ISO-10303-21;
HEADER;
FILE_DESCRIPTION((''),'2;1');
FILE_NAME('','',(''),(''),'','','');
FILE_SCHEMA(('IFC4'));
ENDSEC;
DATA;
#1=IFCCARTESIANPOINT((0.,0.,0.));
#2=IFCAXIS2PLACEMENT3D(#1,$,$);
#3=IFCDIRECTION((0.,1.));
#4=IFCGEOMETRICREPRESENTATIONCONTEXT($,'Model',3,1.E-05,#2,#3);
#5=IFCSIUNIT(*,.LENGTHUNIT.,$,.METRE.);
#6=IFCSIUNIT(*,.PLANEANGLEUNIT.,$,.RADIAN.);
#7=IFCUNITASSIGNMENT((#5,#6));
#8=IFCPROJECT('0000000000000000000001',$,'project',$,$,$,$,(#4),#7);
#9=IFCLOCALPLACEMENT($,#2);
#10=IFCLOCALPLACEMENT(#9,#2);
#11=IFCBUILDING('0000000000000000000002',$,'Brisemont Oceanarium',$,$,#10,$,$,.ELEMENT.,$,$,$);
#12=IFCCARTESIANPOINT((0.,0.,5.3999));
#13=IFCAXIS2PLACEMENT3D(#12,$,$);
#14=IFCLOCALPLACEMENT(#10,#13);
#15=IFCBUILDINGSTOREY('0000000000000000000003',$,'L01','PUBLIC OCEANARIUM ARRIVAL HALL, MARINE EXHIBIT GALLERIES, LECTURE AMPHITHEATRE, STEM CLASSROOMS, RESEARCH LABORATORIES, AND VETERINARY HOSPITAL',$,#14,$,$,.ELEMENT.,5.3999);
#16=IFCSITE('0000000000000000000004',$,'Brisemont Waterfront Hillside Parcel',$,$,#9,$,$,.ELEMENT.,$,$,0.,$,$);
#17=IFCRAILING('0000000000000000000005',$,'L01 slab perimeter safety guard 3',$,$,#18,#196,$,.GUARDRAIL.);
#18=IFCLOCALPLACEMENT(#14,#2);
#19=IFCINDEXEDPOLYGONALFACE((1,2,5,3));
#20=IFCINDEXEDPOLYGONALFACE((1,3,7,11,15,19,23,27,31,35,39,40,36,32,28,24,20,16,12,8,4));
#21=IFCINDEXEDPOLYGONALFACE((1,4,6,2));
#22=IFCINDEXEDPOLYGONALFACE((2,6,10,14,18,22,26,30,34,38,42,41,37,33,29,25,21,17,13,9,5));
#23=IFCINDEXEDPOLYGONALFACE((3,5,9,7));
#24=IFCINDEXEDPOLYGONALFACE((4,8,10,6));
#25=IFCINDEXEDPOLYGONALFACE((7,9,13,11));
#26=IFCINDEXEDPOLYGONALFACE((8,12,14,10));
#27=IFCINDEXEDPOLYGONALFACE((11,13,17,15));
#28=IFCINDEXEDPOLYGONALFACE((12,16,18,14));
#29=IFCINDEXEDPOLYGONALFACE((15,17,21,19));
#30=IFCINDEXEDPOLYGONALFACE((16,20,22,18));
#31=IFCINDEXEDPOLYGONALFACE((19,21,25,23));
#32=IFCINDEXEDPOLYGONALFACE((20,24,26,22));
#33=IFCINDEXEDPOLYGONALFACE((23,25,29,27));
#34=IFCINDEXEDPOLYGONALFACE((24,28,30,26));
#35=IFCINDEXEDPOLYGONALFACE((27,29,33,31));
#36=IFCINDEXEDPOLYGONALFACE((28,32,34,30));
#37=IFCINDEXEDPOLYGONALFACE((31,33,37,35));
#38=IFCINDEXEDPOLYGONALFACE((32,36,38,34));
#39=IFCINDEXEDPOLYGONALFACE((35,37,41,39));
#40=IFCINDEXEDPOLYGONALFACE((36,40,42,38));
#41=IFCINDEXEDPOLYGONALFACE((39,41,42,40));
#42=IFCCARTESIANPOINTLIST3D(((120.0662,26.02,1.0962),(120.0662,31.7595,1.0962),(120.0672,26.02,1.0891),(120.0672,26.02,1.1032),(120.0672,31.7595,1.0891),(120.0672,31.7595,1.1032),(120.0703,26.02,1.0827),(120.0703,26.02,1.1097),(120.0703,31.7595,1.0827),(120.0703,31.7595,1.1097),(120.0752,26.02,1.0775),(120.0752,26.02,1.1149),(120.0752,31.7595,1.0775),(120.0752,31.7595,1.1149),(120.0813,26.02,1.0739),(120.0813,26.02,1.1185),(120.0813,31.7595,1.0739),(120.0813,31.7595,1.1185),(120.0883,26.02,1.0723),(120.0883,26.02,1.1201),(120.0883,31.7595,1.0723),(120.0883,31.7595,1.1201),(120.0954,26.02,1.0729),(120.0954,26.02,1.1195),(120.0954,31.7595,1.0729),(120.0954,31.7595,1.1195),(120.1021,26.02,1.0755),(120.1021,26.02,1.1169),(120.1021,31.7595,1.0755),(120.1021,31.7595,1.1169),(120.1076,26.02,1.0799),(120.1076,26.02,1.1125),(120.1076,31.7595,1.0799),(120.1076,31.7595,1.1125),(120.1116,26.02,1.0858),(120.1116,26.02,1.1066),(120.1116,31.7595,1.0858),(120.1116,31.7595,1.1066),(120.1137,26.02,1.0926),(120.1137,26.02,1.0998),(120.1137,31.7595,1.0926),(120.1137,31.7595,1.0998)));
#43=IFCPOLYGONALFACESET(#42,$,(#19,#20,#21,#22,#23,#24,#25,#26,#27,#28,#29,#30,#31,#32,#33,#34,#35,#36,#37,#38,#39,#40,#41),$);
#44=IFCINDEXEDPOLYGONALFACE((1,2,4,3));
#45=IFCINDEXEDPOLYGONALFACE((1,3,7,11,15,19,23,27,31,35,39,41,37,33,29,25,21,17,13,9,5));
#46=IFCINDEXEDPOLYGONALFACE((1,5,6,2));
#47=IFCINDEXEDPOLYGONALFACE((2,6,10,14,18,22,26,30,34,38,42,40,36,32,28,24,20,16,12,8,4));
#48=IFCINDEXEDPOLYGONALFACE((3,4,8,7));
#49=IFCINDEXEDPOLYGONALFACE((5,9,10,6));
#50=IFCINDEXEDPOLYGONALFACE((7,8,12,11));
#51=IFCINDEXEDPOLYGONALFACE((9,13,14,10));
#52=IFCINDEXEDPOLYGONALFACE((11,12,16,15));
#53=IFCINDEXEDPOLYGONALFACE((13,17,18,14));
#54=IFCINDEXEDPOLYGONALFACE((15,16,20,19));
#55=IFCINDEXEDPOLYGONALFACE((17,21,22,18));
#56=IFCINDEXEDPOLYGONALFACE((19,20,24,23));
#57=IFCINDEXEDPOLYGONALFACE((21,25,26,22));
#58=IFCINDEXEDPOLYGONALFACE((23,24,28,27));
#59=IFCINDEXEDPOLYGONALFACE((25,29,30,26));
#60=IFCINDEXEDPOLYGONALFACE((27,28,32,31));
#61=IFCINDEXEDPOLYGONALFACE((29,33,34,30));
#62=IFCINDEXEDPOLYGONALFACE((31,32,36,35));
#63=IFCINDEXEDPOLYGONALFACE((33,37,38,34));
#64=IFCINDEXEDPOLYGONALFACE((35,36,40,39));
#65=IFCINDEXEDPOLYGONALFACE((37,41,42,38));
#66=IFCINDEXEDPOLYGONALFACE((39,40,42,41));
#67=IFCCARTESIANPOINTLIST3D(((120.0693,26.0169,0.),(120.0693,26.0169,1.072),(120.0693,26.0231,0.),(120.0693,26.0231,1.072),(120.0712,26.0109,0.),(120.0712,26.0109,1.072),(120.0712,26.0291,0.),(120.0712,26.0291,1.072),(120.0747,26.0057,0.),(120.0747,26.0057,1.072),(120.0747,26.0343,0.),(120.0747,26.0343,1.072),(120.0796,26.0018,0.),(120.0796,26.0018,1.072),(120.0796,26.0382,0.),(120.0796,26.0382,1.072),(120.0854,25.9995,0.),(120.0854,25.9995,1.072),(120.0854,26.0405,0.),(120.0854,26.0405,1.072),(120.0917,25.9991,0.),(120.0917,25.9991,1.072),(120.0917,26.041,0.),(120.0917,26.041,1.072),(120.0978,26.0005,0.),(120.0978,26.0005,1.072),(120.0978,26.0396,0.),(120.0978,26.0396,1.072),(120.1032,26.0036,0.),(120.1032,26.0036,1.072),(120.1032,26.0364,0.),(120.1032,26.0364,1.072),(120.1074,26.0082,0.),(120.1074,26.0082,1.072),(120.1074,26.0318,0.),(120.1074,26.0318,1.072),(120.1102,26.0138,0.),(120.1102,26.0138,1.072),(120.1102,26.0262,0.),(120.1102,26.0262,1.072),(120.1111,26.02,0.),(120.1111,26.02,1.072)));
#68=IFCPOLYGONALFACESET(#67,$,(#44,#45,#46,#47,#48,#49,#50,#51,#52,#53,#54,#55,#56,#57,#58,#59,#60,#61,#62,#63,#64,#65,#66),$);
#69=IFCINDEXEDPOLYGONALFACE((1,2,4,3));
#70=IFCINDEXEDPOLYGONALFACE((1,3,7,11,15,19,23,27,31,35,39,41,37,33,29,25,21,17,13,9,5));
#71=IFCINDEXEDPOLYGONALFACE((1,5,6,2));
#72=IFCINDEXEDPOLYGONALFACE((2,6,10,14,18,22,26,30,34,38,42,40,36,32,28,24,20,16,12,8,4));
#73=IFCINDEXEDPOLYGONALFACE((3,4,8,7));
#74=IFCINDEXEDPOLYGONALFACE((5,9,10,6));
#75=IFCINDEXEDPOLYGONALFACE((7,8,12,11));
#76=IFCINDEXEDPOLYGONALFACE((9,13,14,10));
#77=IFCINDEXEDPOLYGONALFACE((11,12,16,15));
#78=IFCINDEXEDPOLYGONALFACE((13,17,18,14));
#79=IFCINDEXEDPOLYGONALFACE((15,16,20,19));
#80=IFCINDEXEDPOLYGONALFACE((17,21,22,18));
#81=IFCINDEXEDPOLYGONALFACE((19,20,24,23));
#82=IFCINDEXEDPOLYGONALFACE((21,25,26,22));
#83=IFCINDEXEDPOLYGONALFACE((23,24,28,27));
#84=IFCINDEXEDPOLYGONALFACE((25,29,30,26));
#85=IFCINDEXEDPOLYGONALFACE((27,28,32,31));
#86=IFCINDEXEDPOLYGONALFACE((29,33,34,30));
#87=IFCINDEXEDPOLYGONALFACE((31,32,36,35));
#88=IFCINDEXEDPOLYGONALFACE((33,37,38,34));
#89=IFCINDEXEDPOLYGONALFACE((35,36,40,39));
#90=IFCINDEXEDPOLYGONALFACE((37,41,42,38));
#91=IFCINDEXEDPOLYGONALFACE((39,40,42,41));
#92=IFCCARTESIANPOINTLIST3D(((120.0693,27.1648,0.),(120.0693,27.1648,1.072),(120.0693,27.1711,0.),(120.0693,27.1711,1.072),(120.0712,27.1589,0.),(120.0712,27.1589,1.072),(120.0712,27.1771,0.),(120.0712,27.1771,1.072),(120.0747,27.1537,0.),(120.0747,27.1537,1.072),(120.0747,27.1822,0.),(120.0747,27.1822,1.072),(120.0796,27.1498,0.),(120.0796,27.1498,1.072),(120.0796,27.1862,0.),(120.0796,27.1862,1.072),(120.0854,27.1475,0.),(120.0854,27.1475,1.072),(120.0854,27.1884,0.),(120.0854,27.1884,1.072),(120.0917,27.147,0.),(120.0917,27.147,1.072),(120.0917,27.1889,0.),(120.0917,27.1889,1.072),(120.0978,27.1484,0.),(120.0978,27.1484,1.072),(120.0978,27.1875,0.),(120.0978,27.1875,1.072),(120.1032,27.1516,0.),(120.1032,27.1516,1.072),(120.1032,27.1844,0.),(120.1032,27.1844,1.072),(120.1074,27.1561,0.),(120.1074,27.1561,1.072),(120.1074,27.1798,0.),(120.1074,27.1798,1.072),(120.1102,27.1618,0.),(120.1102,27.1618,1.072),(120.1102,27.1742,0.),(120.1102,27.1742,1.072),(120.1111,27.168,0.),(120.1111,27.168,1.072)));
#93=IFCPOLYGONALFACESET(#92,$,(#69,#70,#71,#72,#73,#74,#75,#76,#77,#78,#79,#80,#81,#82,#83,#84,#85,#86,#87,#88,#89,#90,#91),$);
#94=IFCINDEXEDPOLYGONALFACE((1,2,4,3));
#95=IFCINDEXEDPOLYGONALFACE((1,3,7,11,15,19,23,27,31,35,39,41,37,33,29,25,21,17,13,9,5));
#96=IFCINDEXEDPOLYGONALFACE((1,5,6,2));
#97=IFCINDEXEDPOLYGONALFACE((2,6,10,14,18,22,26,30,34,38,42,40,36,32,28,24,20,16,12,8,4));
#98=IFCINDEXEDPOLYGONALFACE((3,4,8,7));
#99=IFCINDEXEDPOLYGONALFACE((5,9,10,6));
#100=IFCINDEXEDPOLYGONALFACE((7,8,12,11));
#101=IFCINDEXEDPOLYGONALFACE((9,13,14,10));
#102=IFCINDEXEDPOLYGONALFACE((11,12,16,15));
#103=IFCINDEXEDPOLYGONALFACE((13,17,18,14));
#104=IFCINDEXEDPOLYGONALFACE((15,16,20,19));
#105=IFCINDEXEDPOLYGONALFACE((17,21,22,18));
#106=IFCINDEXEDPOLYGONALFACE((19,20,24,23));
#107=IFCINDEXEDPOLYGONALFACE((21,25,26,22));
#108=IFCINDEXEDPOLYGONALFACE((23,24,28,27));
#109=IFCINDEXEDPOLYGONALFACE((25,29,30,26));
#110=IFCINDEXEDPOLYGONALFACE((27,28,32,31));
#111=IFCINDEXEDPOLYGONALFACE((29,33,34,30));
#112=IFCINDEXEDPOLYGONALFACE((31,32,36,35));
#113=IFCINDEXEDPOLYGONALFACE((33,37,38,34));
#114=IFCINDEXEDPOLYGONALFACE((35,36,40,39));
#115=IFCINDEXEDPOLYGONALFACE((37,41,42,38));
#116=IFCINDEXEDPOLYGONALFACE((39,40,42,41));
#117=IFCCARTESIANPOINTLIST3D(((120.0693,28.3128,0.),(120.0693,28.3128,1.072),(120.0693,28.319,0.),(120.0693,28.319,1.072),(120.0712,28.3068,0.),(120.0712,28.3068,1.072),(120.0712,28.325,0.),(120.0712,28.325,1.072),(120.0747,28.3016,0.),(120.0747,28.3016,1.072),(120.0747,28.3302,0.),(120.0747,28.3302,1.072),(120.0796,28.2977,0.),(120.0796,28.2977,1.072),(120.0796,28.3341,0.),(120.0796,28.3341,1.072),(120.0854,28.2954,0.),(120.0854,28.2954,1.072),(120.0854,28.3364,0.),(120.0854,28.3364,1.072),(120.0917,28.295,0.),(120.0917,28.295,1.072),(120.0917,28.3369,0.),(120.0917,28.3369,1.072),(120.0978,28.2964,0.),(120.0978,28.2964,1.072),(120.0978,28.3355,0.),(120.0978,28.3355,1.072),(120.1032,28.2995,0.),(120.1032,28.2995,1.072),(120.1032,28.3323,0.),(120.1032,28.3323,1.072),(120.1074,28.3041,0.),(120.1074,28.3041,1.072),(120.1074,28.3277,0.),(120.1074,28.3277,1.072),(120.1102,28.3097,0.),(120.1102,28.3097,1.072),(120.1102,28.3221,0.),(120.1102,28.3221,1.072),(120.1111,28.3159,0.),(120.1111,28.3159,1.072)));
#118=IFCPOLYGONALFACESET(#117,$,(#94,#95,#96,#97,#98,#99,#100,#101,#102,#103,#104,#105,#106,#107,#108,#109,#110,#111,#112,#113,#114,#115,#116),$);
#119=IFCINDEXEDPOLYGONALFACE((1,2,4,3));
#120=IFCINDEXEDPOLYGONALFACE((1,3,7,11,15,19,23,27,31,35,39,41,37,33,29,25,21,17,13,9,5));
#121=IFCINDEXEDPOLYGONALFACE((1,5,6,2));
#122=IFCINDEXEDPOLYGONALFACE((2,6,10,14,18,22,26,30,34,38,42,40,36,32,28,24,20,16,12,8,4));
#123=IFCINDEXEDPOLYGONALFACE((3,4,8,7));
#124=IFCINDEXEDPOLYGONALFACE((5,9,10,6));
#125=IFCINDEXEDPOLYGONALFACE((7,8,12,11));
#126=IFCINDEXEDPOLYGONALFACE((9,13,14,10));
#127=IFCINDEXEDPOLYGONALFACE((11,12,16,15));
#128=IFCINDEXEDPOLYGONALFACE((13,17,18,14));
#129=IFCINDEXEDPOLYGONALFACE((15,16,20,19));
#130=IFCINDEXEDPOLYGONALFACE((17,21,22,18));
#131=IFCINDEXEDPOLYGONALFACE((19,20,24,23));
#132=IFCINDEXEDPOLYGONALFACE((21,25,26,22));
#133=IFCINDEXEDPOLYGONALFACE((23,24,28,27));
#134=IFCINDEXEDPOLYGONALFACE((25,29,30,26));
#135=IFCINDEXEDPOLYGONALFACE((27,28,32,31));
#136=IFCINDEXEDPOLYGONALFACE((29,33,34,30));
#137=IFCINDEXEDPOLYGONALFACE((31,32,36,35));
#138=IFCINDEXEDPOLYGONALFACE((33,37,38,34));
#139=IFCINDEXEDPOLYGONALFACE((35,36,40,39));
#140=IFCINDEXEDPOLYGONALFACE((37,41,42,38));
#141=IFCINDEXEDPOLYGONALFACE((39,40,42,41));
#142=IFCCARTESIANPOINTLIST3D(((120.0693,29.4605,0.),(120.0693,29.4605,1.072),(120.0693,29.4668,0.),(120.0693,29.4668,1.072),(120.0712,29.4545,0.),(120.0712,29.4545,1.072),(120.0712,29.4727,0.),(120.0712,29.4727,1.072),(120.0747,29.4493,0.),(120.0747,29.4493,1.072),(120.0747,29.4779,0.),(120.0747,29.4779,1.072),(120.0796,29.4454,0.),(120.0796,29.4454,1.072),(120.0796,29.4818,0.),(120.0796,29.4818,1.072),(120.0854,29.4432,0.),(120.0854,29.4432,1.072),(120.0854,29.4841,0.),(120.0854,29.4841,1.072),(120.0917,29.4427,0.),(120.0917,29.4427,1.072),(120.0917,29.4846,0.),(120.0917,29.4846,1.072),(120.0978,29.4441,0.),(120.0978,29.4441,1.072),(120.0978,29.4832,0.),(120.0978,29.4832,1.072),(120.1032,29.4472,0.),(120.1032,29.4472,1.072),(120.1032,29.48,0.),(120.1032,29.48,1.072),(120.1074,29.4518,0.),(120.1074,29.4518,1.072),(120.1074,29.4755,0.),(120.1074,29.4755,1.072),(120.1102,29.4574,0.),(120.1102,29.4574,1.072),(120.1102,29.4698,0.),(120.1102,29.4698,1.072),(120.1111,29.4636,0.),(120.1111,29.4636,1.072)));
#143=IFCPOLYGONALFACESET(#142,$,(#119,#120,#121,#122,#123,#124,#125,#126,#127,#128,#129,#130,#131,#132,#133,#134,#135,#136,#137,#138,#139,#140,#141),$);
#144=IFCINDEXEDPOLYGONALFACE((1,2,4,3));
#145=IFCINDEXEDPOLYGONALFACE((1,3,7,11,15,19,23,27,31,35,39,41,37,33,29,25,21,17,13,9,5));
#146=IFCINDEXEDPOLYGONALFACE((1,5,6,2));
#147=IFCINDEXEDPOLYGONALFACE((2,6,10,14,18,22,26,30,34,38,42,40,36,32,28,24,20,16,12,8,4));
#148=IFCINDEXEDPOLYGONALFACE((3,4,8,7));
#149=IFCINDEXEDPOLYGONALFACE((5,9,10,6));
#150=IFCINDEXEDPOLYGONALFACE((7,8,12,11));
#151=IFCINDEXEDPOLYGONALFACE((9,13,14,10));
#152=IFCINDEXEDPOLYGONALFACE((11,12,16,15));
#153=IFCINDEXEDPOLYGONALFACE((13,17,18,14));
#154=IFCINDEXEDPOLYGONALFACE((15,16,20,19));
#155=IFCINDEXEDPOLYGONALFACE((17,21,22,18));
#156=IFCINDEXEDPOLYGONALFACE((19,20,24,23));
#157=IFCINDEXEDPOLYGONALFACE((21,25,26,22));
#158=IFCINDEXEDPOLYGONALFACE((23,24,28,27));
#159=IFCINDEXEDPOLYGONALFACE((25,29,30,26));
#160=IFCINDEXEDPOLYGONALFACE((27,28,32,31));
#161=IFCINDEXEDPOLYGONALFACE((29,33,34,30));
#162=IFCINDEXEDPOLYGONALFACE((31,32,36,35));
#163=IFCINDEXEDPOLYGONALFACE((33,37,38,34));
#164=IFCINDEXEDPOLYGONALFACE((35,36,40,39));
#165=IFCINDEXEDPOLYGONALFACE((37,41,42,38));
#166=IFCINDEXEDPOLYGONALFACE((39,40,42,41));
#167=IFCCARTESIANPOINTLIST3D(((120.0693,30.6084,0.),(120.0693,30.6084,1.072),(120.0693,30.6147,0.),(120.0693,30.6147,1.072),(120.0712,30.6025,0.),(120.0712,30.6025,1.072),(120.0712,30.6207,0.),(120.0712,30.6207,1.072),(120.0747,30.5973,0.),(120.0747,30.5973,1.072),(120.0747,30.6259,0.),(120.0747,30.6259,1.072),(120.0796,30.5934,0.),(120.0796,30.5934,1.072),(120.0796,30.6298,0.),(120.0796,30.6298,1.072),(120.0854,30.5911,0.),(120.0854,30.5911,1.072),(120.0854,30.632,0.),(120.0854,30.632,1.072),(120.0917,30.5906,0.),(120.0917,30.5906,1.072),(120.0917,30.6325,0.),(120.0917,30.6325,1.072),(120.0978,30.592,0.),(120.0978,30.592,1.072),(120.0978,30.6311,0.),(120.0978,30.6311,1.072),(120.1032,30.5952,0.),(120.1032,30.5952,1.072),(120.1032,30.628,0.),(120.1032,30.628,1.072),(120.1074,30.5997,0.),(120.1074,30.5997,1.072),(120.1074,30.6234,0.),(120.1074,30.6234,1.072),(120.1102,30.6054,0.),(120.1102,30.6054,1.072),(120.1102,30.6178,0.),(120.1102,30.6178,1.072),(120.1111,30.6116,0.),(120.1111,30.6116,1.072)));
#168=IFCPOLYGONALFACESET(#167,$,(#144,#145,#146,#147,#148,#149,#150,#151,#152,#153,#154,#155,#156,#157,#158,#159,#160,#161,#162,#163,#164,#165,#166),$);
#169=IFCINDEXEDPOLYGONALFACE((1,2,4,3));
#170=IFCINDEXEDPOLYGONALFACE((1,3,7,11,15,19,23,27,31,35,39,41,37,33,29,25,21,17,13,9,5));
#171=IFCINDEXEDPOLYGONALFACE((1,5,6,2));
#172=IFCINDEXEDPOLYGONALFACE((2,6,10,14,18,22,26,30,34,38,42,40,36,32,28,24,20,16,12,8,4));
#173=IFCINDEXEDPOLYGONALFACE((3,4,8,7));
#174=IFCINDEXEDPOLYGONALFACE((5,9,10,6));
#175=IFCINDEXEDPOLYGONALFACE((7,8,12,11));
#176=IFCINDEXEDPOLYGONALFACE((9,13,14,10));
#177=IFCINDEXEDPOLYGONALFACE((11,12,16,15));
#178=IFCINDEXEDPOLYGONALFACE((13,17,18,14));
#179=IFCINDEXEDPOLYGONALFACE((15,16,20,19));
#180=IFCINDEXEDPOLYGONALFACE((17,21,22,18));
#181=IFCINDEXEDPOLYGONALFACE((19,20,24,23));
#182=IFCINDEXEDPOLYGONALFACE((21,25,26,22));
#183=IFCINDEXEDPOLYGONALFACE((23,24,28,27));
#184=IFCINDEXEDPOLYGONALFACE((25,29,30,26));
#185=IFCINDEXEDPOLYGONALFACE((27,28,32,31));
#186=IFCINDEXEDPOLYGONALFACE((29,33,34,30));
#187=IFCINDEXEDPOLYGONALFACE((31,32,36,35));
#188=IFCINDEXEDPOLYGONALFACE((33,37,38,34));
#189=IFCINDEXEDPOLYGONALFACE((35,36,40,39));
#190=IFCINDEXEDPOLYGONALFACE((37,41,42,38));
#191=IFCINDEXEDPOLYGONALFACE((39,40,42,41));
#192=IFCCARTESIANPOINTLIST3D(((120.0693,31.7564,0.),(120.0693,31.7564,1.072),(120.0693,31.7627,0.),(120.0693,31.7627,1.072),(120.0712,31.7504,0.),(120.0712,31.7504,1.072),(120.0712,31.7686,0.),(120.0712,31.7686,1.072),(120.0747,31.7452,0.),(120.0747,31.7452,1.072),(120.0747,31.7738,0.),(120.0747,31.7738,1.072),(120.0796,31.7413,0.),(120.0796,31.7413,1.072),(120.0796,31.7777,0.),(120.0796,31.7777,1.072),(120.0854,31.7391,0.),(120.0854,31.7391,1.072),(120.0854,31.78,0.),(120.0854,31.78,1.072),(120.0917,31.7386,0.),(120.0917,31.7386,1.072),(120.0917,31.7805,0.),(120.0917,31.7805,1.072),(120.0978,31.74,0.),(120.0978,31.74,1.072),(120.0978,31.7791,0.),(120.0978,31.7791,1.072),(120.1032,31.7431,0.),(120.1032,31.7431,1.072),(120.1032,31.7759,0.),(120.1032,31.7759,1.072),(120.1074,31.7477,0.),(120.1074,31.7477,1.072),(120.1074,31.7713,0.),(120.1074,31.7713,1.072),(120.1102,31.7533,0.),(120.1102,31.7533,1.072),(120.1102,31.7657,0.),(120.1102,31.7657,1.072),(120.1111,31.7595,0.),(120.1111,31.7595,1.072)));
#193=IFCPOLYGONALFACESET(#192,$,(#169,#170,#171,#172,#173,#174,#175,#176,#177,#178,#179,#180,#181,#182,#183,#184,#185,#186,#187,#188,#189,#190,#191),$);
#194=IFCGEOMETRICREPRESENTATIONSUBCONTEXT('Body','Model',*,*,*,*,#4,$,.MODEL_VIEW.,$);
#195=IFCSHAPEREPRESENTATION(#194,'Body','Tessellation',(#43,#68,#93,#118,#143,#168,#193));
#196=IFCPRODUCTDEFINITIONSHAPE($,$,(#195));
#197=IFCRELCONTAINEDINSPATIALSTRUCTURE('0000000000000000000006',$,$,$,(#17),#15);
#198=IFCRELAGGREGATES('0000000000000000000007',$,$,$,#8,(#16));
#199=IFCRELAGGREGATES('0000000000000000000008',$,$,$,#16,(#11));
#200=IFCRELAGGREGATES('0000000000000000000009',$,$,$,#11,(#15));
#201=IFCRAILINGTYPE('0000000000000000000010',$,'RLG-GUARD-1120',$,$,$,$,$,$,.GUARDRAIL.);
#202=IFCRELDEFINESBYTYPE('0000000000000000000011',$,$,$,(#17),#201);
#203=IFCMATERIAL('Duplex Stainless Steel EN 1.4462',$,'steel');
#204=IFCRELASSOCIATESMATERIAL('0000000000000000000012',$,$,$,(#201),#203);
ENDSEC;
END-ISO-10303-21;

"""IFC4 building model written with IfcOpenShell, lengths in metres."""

from ifc_helpers import new_model, si_unit, direction, frame, origin, origin_2d, place, context, subcontext, project, spatial, circle, extrude, material, type_object, element, save


model = new_model("IFC4")

# Units and contexts
model_context = context("Model", 3, precision=1e-05, world=origin(), true_north=direction((0.0, 1.0)))
body_context = subcontext(model_context, "Body", "Model", "MODEL_VIEW")
ifc_project = project(units=[si_unit("LENGTHUNIT", "METRE"), si_unit("PLANEANGLEUNIT", "RADIAN")], contexts=[model_context])

# Site, building, storey
site_placement = place(None, origin())
site = spatial("IfcSite", under=ifc_project, at=site_placement, Name="Brisemont Waterfront Hillside Parcel", CompositionType="ELEMENT", RefElevation=0.0)
building_placement = place(site_placement, origin())
building = spatial("IfcBuilding", under=site, at=building_placement, Name="Brisemont Oceanarium", CompositionType="ELEMENT")
storey_placement = place(building_placement, frame((0.0, 0.0, 5.3999)))
storey = spatial("IfcBuildingStorey", under=building, at=storey_placement, Name="L01", Description="PUBLIC OCEANARIUM ARRIVAL HALL, MARINE EXHIBIT GALLERIES, LECTURE AMPHITHEATRE, STEM CLASSROOMS, RESEARCH LABORATORIES, AND VETERINARY HOSPITAL", CompositionType="ELEMENT", Elevation=5.3999)

# Railing
ifc_material_1 = material(Name="Duplex Stainless Steel EN 1.4462", Category="steel")
railing_type_1 = type_object("IfcRailingType", Name="RLG-GUARD-1120", PredefinedType="GUARDRAIL", material=ifc_material_1)
railing_1_placement = place(storey_placement, frame((120.0901, 26.02, 0.0)))
element("IfcRailing", 1, at=railing_1_placement, inside=storey, type_object=railing_type_1, Name="L01 slab perimeter safety guard 3", PredefinedType="GUARDRAIL", context=body_context, shape_type="SweptSolid", body=[
    extrude(circle(Radius=0.0239, at=origin_2d()), frame((0.0, 0.0, 1.0962), z_axis=(0.0, 1.0, 0.0), x_axis=(-1.0, 0.0, 0.0)), (0.0, 0.0, 1.0), 5.7395),
    extrude(circle(Radius=0.021, at=origin_2d()), origin(), (0.0, 0.0, 1.0), 1.072),
    extrude(circle(Radius=0.021, at=origin_2d()), frame((0.0, 1.1479, 0.0)), (0.0, 0.0, 1.0), 1.072),
    extrude(circle(Radius=0.021, at=origin_2d()), frame((0.0, 2.2959, 0.0)), (0.0, 0.0, 1.0), 1.072),
    extrude(circle(Radius=0.021, at=origin_2d()), frame((0.0, 3.4436, 0.0)), (0.0, 0.0, 1.0), 1.072),
    extrude(circle(Radius=0.021, at=origin_2d()), frame((0.0, 4.5916, 0.0)), (0.0, 0.0, 1.0), 1.072),
    extrude(circle(Radius=0.021, at=origin_2d()), frame((0.0, 5.7395, 0.0)), (0.0, 0.0, 1.0), 1.072),
])

save(model, "model.ifc")
